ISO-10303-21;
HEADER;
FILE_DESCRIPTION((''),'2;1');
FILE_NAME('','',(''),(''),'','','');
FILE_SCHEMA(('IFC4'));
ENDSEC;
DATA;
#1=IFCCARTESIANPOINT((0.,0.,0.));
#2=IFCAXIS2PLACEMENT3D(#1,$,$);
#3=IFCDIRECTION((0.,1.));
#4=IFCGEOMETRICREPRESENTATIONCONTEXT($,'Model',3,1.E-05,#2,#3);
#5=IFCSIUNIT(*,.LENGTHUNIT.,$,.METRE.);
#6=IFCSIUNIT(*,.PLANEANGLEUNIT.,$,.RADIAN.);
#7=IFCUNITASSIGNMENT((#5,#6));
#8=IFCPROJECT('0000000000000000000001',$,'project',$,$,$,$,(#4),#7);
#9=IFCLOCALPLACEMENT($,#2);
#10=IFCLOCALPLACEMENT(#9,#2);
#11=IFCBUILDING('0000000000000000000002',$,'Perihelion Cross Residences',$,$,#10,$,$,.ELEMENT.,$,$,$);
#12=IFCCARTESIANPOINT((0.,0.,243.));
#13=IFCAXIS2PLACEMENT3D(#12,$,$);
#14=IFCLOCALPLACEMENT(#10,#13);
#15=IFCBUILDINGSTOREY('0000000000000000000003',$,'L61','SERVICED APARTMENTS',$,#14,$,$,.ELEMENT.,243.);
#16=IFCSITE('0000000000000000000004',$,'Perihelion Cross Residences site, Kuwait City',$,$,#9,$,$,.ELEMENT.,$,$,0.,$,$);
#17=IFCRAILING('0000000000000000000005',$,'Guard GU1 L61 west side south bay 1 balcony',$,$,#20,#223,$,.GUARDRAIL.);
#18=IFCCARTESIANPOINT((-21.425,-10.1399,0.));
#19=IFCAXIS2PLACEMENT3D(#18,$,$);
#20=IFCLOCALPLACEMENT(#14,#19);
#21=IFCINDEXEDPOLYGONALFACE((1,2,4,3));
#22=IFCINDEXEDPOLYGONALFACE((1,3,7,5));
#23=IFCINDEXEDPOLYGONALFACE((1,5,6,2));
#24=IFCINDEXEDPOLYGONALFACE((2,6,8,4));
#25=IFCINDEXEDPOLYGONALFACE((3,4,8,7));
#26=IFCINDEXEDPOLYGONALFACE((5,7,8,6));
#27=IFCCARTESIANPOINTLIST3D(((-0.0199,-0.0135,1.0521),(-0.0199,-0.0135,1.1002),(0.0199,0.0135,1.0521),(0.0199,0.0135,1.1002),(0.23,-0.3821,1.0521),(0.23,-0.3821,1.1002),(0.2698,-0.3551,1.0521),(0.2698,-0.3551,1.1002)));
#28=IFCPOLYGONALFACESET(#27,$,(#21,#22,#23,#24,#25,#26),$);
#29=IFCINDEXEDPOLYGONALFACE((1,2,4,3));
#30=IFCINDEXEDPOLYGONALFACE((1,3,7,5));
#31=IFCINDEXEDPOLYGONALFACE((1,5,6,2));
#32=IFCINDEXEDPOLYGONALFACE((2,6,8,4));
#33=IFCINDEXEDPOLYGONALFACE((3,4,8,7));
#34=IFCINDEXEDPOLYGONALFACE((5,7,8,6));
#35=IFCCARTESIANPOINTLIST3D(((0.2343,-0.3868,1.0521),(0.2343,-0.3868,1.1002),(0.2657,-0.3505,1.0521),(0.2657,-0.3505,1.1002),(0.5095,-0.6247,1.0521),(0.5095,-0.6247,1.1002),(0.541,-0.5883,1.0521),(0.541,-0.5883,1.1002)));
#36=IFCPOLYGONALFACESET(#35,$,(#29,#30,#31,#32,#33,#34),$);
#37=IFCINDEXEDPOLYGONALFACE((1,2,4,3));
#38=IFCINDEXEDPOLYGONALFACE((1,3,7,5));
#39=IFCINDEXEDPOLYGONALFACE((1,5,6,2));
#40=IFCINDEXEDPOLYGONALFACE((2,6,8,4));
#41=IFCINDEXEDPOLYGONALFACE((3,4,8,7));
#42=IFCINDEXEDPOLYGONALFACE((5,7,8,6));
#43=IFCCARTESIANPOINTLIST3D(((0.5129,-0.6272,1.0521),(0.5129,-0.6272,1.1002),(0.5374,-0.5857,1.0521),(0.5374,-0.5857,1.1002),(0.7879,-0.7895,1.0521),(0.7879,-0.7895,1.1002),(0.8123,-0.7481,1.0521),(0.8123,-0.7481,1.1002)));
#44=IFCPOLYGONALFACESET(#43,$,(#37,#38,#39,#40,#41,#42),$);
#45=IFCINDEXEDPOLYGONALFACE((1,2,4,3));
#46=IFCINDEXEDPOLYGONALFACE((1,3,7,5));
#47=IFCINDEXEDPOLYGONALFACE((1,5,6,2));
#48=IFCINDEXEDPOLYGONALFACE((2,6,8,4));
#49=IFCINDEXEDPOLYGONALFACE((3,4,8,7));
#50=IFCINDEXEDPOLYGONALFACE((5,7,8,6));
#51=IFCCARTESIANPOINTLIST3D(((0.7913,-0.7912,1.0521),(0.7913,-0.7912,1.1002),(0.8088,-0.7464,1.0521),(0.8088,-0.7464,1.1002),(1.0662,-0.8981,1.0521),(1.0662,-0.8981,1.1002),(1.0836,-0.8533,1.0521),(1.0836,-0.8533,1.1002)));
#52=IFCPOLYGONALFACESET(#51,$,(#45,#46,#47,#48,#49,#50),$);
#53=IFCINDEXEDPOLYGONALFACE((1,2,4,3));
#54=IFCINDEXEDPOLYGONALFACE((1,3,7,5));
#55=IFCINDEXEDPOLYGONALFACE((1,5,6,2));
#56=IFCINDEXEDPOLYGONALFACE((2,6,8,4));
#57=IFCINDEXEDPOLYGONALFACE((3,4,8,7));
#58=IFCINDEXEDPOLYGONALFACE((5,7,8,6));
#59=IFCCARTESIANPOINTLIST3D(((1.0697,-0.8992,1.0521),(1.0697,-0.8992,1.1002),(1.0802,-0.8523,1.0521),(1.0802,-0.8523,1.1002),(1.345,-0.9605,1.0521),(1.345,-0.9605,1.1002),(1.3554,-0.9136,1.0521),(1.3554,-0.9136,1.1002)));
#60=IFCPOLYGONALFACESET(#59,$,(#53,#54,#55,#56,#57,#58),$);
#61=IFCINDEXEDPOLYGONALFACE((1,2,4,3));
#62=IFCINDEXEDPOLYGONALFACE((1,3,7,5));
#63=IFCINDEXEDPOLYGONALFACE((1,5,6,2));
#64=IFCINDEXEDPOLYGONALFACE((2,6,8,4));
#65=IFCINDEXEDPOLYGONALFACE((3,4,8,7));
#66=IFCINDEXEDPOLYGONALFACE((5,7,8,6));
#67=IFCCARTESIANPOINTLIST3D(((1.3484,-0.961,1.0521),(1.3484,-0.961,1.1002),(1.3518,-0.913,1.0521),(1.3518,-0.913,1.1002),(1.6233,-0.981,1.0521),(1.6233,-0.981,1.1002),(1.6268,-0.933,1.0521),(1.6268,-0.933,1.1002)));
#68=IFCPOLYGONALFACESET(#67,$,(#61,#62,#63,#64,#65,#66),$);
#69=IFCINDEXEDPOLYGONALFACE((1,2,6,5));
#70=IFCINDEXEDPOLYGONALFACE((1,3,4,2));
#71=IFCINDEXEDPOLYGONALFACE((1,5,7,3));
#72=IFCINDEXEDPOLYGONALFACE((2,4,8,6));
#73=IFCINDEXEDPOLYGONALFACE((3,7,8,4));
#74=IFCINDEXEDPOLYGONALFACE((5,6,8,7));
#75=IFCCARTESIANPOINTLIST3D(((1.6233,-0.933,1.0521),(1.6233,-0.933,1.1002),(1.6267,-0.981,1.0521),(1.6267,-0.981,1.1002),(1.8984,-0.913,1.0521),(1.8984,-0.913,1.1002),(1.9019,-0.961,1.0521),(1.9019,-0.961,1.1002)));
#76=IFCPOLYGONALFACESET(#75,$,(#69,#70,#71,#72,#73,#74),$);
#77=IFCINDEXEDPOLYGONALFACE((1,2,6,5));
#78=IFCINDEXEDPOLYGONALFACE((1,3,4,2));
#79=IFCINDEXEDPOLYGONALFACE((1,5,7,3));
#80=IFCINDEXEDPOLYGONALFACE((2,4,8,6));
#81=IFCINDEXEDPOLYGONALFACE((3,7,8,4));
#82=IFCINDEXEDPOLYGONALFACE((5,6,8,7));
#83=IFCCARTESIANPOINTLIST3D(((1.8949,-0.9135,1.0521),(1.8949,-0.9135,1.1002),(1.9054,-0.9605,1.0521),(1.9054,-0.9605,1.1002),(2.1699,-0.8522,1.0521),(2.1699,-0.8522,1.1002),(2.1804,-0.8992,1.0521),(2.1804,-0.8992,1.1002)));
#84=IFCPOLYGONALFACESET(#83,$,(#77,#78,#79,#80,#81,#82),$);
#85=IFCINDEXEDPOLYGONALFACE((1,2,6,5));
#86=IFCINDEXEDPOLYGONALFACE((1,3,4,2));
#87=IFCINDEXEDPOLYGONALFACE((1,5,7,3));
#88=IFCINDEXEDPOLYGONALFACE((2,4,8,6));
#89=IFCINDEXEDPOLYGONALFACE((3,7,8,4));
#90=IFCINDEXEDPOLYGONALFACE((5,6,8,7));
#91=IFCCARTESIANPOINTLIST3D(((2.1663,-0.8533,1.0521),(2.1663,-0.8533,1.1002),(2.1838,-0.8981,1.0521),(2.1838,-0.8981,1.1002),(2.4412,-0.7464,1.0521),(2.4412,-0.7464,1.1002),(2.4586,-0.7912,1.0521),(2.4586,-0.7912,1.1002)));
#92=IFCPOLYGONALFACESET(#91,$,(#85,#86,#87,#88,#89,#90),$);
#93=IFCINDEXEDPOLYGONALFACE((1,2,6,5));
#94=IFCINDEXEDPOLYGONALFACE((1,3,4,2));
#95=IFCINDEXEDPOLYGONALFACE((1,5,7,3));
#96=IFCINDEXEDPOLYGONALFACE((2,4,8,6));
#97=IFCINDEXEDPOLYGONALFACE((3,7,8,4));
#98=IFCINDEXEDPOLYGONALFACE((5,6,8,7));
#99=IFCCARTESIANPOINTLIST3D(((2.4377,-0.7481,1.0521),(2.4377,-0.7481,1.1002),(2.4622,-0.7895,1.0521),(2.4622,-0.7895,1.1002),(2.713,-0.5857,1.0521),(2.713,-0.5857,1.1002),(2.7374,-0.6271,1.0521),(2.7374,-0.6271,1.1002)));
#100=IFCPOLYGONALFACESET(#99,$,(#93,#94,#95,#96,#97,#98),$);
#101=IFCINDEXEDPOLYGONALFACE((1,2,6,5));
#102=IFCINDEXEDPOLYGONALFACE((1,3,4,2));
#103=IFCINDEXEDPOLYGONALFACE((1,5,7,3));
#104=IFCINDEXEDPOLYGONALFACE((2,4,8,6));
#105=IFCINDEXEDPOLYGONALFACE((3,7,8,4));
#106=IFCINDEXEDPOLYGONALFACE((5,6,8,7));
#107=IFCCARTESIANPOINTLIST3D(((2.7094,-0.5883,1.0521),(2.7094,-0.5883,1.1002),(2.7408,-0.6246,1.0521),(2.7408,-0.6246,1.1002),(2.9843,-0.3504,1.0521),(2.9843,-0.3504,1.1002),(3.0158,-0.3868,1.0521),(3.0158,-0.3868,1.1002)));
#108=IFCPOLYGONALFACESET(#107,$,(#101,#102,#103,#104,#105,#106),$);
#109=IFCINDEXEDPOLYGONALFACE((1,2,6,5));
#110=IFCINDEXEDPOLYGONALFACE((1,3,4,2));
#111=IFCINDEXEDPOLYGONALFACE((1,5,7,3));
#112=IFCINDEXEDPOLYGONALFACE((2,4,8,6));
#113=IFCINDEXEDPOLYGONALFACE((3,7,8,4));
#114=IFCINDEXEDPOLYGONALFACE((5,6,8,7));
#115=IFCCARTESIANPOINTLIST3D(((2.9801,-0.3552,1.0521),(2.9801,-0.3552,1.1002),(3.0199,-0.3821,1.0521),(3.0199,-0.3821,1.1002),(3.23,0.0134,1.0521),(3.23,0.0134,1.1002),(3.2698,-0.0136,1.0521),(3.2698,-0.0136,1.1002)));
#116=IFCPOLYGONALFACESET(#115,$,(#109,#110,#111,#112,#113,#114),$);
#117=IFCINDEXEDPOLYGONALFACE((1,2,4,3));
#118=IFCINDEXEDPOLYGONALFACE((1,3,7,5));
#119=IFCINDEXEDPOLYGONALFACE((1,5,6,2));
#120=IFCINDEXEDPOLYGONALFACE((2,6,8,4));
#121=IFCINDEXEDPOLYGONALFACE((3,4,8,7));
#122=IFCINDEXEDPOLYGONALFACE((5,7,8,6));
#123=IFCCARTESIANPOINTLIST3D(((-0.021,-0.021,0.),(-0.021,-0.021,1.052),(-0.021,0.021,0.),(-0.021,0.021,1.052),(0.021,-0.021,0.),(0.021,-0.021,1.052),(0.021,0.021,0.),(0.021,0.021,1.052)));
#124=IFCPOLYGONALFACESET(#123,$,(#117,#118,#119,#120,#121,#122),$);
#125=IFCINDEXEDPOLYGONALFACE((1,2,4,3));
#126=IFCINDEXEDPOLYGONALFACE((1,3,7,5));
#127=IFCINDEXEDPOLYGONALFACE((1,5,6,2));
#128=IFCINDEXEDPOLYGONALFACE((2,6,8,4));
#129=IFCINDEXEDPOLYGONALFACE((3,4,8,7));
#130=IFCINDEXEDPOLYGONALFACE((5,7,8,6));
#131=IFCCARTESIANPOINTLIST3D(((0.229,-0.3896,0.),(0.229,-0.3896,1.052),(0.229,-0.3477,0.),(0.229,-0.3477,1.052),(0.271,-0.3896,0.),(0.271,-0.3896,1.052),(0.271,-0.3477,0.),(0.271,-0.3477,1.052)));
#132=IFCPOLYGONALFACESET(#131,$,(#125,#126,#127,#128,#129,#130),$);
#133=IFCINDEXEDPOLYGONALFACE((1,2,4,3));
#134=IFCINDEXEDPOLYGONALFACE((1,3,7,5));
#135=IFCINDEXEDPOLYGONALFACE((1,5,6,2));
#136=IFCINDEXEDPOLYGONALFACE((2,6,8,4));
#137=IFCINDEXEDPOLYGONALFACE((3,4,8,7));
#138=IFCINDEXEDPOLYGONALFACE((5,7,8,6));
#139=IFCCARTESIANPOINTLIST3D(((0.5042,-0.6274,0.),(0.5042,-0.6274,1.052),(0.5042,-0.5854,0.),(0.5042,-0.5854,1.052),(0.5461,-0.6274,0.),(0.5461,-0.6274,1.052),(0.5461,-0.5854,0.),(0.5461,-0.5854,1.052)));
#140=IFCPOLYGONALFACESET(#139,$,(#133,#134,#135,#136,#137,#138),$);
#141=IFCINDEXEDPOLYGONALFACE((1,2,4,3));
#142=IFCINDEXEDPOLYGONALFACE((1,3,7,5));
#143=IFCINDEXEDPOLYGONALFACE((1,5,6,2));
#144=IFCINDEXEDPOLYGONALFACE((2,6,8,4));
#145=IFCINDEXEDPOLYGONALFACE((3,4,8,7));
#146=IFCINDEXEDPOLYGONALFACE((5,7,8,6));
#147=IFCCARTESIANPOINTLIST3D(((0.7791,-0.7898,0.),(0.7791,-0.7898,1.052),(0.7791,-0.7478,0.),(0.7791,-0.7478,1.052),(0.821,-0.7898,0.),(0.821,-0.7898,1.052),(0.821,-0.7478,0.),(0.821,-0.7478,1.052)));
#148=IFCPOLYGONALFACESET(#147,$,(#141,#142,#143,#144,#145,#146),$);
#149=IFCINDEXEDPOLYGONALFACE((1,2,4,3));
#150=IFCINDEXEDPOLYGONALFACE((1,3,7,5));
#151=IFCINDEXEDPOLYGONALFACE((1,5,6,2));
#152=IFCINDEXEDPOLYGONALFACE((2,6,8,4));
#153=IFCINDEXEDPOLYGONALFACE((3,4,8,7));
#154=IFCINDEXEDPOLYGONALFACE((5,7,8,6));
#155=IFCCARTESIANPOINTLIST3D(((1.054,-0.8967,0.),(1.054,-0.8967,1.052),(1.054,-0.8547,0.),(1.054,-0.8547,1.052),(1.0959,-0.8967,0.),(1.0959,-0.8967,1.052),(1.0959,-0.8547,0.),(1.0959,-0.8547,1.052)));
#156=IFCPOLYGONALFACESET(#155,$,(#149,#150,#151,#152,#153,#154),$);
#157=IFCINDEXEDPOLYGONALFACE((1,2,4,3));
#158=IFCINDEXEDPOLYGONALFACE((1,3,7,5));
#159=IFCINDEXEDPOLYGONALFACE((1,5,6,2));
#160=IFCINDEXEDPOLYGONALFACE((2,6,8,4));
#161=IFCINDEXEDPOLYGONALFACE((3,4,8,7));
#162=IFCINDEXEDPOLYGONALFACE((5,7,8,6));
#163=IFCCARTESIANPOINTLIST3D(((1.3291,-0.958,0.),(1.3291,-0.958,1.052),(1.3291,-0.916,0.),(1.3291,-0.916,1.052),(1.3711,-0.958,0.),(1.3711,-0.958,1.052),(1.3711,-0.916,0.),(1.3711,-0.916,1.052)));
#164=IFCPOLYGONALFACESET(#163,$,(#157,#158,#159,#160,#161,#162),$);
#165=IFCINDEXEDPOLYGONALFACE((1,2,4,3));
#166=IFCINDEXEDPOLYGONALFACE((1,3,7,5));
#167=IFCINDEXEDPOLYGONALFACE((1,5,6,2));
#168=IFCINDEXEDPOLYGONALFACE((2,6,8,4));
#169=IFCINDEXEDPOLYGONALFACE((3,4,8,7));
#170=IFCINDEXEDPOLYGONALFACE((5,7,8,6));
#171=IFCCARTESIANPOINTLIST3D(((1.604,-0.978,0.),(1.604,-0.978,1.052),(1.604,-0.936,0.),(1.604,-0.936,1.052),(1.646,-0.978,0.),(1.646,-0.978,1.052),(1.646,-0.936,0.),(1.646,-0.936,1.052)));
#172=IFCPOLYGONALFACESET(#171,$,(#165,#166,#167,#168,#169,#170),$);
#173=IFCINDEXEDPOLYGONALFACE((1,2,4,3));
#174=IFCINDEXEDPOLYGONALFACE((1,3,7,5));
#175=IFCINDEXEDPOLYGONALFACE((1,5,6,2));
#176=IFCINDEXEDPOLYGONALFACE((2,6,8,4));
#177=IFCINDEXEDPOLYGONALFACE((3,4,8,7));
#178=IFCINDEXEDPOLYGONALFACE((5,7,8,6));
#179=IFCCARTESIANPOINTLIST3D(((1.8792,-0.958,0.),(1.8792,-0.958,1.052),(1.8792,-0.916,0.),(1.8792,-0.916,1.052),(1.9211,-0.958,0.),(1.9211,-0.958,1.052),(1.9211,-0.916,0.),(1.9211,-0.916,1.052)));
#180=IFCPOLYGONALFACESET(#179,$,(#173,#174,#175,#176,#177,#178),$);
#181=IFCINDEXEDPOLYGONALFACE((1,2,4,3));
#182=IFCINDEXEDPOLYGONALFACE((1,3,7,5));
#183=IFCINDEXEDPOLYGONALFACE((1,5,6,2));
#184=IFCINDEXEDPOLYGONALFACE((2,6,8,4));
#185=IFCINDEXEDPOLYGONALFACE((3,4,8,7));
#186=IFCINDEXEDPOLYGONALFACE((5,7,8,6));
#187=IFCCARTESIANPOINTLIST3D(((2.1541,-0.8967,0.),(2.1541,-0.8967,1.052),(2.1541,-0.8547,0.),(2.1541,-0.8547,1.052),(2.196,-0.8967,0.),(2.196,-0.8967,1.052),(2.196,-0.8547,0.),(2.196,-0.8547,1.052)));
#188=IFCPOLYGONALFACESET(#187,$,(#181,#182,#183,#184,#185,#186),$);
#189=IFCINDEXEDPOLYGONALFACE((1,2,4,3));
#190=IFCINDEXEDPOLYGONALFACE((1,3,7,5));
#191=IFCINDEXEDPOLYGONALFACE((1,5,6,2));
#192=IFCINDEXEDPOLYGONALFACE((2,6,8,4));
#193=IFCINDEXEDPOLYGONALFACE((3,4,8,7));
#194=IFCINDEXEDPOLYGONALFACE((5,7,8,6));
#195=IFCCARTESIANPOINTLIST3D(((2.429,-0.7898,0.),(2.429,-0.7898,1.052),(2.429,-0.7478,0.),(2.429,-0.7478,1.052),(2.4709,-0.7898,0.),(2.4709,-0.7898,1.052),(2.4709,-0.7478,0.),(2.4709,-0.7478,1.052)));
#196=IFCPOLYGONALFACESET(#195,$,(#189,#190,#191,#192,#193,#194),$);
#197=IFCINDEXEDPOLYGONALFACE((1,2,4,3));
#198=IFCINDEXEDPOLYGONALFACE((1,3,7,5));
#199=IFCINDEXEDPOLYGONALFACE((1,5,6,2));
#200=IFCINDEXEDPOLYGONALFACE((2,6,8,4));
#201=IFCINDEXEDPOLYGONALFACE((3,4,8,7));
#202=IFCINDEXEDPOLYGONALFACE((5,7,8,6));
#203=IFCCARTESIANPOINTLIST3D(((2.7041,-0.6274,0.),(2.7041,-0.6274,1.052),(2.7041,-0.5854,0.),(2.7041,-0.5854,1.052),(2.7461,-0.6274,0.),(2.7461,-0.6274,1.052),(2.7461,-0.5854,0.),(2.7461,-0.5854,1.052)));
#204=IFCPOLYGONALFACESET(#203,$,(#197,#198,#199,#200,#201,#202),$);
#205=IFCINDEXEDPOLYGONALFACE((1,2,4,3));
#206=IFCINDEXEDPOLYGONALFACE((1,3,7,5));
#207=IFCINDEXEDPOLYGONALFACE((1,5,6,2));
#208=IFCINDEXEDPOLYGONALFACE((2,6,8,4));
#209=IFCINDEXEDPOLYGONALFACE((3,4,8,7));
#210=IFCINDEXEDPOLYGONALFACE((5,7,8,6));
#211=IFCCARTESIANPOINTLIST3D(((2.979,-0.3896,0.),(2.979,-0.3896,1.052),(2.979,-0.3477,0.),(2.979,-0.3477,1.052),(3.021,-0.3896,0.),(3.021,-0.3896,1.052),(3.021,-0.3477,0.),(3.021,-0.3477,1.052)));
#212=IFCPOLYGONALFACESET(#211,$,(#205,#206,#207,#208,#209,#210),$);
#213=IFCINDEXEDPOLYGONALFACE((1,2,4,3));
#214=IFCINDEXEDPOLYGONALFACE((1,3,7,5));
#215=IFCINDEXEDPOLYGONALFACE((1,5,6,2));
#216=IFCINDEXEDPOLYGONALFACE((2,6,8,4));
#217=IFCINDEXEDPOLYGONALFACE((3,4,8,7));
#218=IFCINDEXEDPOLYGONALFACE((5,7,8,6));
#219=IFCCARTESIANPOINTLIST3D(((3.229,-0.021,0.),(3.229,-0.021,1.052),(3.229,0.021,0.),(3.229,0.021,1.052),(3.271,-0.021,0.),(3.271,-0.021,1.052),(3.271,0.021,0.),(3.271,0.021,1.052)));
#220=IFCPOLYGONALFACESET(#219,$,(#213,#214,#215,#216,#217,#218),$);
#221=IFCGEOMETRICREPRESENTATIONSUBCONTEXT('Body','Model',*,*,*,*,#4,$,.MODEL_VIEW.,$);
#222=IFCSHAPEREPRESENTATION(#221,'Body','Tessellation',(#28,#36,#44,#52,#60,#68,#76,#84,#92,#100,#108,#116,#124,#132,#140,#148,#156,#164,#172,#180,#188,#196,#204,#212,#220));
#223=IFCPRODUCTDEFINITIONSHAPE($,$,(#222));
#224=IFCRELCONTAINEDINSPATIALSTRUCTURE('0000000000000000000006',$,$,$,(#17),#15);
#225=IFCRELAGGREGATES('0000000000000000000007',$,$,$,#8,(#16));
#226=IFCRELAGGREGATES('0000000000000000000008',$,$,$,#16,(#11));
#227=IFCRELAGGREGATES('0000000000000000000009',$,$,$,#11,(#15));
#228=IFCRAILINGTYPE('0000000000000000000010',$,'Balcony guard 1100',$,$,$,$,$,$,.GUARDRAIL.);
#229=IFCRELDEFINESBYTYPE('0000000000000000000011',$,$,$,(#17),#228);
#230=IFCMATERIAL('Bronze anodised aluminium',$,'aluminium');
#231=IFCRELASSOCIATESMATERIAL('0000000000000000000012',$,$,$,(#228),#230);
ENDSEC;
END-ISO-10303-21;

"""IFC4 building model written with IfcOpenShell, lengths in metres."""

from ifc_helpers import new_model, si_unit, direction, frame, origin, origin_2d, place, context, subcontext, project, spatial, rectangle, extrude, material, type_object, element, save


model = new_model("IFC4")

# Units and contexts
model_context = context("Model", 3, precision=1e-05, world=origin(), true_north=direction((0.0, 1.0)))
body_context = subcontext(model_context, "Body", "Model", "MODEL_VIEW")
ifc_project = project(units=[si_unit("LENGTHUNIT", "METRE"), si_unit("PLANEANGLEUNIT", "RADIAN")], contexts=[model_context])

# Site, building, storey
site_placement = place(None, origin())
site = spatial("IfcSite", under=ifc_project, at=site_placement, Name="Perihelion Cross Residences site, Kuwait City", CompositionType="ELEMENT", RefElevation=0.0)
building_placement = place(site_placement, origin())
building = spatial("IfcBuilding", under=site, at=building_placement, Name="Perihelion Cross Residences", CompositionType="ELEMENT")
storey_placement = place(building_placement, frame((0.0, 0.0, 243.0)))
storey = spatial("IfcBuildingStorey", under=building, at=storey_placement, Name="L61", Description="SERVICED APARTMENTS", CompositionType="ELEMENT", Elevation=243.0)

# Railing
ifc_material_1 = material(Name="Bronze anodised aluminium", Category="aluminium")
railing_type_1 = type_object("IfcRailingType", Name="Balcony guard 1100", PredefinedType="GUARDRAIL", material=ifc_material_1)
railing_1_placement = place(storey_placement, frame((-21.425, -10.1399, 0.0)))
element("IfcRailing", 1, at=railing_1_placement, inside=storey, type_object=railing_type_1, Name="Guard GU1 L61 west side south bay 1 balcony", PredefinedType="GUARDRAIL", context=body_context, shape_type="SweptSolid", body=[
    extrude(rectangle(XDim=0.0481, YDim=0.0481, at=origin_2d()), frame((0.0, 0.0, 1.0762), z_axis=(0.56126, -0.827639, 0.0), x_axis=(0.827639, 0.56126, 0.0)), (0.0, 0.0, 1.0), 0.4453),
    extrude(rectangle(XDim=0.0481, YDim=0.0481, at=origin_2d()), frame((0.25, -0.3687, 1.0762), z_axis=(0.756597, -0.653882, 0.0), x_axis=(0.653882, 0.756597, 0.0)), (0.0, 0.0, 1.0), 0.3638),
    extrude(rectangle(XDim=0.0481, YDim=0.0481, at=origin_2d()), frame((0.5251, -0.6064, 1.0762), z_axis=(0.861048, -0.508523, 0.0), x_axis=(0.508523, 0.861048, 0.0)), (0.0, 0.0, 1.0), 0.3193),
    extrude(rectangle(XDim=0.0481, YDim=0.0481, at=origin_2d()), frame((0.8, -0.7688, 1.0762), z_axis=(0.931974, -0.362526, 0.0), x_axis=(0.362526, 0.931974, 0.0)), (0.0, 0.0, 1.0), 0.2949),
    extrude(rectangle(XDim=0.0481, YDim=0.0481, at=origin_2d()), frame((1.075, -0.8757, 1.0762), z_axis=(0.976085, -0.217389, 0.0), x_axis=(0.217389, 0.976085, 0.0)), (0.0, 0.0, 1.0), 0.282),
    extrude(rectangle(XDim=0.0481, YDim=0.0481, at=origin_2d()), frame((1.3501, -0.937, 1.0762), z_axis=(0.997359, -0.072632, 0.0), x_axis=(0.072632, 0.997359, 0.0)), (0.0, 0.0, 1.0), 0.2756),
    extrude(rectangle(XDim=0.0481, YDim=0.0481, at=origin_2d()), frame((1.625, -0.957, 1.0762), z_axis=(0.997363, 0.072568, 0.0), x_axis=(-0.072568, 0.997363, 0.0)), (0.0, 0.0, 1.0), 0.2759),
    extrude(rectangle(XDim=0.0481, YDim=0.0481, at=origin_2d()), frame((1.9001, -0.937, 1.0762), z_axis=(0.976044, 0.217573, 0.0), x_axis=(-0.217573, 0.976044, 0.0)), (0.0, 0.0, 1.0), 0.2817),
    extrude(rectangle(XDim=0.0481, YDim=0.0481, at=origin_2d()), frame((2.175, -0.8757, 1.0762), z_axis=(0.931974, 0.362526, 0.0), x_axis=(-0.362526, 0.931974, 0.0)), (0.0, 0.0, 1.0), 0.2949),
    extrude(rectangle(XDim=0.0481, YDim=0.0481, at=origin_2d()), frame((2.45, -0.7688, 1.0762), z_axis=(0.861246, 0.508189, 0.0), x_axis=(-0.508189, 0.861246, 0.0)), (0.0, 0.0, 1.0), 0.3196),
    extrude(rectangle(XDim=0.0481, YDim=0.0481, at=origin_2d()), frame((2.7251, -0.6064, 1.0762), z_axis=(0.756309, 0.654214, 0.0), x_axis=(-0.654214, 0.756309, 0.0)), (0.0, 0.0, 1.0), 0.3635),
    extrude(rectangle(XDim=0.0481, YDim=0.0481, at=origin_2d()), frame((3.0, -0.3687, 1.0762), z_axis=(0.56126, 0.827639, 0.0), x_axis=(-0.827639, 0.56126, 0.0)), (0.0, 0.0, 1.0), 0.4453),
    extrude(rectangle(XDim=0.042, YDim=0.042, at=origin_2d()), origin(), (0.0, 0.0, 1.0), 1.052),
    extrude(rectangle(XDim=0.042, YDim=0.042, at=origin_2d()), frame((0.25, -0.3687, 0.0)), (0.0, 0.0, 1.0), 1.052),
    extrude(rectangle(XDim=0.042, YDim=0.042, at=origin_2d()), frame((0.5251, -0.6064, 0.0)), (0.0, 0.0, 1.0), 1.052),
    extrude(rectangle(XDim=0.042, YDim=0.042, at=origin_2d()), frame((0.8, -0.7688, 0.0)), (0.0, 0.0, 1.0), 1.052),
    extrude(rectangle(XDim=0.042, YDim=0.042, at=origin_2d()), frame((1.075, -0.8757, 0.0)), (0.0, 0.0, 1.0), 1.052),
    extrude(rectangle(XDim=0.042, YDim=0.042, at=origin_2d()), frame((1.3501, -0.937, 0.0)), (0.0, 0.0, 1.0), 1.052),
    extrude(rectangle(XDim=0.042, YDim=0.042, at=origin_2d()), frame((1.625, -0.957, 0.0)), (0.0, 0.0, 1.0), 1.052),
    extrude(rectangle(XDim=0.042, YDim=0.042, at=origin_2d()), frame((1.9001, -0.937, 0.0)), (0.0, 0.0, 1.0), 1.052),
    extrude(rectangle(XDim=0.042, YDim=0.042, at=origin_2d()), frame((2.175, -0.8757, 0.0)), (0.0, 0.0, 1.0), 1.052),
    extrude(rectangle(XDim=0.042, YDim=0.042, at=origin_2d()), frame((2.45, -0.7688, 0.0)), (0.0, 0.0, 1.0), 1.052),
    extrude(rectangle(XDim=0.042, YDim=0.042, at=origin_2d()), frame((2.7251, -0.6064, 0.0)), (0.0, 0.0, 1.0), 1.052),
    extrude(rectangle(XDim=0.042, YDim=0.042, at=origin_2d()), frame((3.0, -0.3687, 0.0)), (0.0, 0.0, 1.0), 1.052),
    extrude(rectangle(XDim=0.042, YDim=0.042, at=origin_2d()), frame((3.25, 0.0, 0.0)), (0.0, 0.0, 1.0), 1.052),
])

save(model, "model.ifc")
